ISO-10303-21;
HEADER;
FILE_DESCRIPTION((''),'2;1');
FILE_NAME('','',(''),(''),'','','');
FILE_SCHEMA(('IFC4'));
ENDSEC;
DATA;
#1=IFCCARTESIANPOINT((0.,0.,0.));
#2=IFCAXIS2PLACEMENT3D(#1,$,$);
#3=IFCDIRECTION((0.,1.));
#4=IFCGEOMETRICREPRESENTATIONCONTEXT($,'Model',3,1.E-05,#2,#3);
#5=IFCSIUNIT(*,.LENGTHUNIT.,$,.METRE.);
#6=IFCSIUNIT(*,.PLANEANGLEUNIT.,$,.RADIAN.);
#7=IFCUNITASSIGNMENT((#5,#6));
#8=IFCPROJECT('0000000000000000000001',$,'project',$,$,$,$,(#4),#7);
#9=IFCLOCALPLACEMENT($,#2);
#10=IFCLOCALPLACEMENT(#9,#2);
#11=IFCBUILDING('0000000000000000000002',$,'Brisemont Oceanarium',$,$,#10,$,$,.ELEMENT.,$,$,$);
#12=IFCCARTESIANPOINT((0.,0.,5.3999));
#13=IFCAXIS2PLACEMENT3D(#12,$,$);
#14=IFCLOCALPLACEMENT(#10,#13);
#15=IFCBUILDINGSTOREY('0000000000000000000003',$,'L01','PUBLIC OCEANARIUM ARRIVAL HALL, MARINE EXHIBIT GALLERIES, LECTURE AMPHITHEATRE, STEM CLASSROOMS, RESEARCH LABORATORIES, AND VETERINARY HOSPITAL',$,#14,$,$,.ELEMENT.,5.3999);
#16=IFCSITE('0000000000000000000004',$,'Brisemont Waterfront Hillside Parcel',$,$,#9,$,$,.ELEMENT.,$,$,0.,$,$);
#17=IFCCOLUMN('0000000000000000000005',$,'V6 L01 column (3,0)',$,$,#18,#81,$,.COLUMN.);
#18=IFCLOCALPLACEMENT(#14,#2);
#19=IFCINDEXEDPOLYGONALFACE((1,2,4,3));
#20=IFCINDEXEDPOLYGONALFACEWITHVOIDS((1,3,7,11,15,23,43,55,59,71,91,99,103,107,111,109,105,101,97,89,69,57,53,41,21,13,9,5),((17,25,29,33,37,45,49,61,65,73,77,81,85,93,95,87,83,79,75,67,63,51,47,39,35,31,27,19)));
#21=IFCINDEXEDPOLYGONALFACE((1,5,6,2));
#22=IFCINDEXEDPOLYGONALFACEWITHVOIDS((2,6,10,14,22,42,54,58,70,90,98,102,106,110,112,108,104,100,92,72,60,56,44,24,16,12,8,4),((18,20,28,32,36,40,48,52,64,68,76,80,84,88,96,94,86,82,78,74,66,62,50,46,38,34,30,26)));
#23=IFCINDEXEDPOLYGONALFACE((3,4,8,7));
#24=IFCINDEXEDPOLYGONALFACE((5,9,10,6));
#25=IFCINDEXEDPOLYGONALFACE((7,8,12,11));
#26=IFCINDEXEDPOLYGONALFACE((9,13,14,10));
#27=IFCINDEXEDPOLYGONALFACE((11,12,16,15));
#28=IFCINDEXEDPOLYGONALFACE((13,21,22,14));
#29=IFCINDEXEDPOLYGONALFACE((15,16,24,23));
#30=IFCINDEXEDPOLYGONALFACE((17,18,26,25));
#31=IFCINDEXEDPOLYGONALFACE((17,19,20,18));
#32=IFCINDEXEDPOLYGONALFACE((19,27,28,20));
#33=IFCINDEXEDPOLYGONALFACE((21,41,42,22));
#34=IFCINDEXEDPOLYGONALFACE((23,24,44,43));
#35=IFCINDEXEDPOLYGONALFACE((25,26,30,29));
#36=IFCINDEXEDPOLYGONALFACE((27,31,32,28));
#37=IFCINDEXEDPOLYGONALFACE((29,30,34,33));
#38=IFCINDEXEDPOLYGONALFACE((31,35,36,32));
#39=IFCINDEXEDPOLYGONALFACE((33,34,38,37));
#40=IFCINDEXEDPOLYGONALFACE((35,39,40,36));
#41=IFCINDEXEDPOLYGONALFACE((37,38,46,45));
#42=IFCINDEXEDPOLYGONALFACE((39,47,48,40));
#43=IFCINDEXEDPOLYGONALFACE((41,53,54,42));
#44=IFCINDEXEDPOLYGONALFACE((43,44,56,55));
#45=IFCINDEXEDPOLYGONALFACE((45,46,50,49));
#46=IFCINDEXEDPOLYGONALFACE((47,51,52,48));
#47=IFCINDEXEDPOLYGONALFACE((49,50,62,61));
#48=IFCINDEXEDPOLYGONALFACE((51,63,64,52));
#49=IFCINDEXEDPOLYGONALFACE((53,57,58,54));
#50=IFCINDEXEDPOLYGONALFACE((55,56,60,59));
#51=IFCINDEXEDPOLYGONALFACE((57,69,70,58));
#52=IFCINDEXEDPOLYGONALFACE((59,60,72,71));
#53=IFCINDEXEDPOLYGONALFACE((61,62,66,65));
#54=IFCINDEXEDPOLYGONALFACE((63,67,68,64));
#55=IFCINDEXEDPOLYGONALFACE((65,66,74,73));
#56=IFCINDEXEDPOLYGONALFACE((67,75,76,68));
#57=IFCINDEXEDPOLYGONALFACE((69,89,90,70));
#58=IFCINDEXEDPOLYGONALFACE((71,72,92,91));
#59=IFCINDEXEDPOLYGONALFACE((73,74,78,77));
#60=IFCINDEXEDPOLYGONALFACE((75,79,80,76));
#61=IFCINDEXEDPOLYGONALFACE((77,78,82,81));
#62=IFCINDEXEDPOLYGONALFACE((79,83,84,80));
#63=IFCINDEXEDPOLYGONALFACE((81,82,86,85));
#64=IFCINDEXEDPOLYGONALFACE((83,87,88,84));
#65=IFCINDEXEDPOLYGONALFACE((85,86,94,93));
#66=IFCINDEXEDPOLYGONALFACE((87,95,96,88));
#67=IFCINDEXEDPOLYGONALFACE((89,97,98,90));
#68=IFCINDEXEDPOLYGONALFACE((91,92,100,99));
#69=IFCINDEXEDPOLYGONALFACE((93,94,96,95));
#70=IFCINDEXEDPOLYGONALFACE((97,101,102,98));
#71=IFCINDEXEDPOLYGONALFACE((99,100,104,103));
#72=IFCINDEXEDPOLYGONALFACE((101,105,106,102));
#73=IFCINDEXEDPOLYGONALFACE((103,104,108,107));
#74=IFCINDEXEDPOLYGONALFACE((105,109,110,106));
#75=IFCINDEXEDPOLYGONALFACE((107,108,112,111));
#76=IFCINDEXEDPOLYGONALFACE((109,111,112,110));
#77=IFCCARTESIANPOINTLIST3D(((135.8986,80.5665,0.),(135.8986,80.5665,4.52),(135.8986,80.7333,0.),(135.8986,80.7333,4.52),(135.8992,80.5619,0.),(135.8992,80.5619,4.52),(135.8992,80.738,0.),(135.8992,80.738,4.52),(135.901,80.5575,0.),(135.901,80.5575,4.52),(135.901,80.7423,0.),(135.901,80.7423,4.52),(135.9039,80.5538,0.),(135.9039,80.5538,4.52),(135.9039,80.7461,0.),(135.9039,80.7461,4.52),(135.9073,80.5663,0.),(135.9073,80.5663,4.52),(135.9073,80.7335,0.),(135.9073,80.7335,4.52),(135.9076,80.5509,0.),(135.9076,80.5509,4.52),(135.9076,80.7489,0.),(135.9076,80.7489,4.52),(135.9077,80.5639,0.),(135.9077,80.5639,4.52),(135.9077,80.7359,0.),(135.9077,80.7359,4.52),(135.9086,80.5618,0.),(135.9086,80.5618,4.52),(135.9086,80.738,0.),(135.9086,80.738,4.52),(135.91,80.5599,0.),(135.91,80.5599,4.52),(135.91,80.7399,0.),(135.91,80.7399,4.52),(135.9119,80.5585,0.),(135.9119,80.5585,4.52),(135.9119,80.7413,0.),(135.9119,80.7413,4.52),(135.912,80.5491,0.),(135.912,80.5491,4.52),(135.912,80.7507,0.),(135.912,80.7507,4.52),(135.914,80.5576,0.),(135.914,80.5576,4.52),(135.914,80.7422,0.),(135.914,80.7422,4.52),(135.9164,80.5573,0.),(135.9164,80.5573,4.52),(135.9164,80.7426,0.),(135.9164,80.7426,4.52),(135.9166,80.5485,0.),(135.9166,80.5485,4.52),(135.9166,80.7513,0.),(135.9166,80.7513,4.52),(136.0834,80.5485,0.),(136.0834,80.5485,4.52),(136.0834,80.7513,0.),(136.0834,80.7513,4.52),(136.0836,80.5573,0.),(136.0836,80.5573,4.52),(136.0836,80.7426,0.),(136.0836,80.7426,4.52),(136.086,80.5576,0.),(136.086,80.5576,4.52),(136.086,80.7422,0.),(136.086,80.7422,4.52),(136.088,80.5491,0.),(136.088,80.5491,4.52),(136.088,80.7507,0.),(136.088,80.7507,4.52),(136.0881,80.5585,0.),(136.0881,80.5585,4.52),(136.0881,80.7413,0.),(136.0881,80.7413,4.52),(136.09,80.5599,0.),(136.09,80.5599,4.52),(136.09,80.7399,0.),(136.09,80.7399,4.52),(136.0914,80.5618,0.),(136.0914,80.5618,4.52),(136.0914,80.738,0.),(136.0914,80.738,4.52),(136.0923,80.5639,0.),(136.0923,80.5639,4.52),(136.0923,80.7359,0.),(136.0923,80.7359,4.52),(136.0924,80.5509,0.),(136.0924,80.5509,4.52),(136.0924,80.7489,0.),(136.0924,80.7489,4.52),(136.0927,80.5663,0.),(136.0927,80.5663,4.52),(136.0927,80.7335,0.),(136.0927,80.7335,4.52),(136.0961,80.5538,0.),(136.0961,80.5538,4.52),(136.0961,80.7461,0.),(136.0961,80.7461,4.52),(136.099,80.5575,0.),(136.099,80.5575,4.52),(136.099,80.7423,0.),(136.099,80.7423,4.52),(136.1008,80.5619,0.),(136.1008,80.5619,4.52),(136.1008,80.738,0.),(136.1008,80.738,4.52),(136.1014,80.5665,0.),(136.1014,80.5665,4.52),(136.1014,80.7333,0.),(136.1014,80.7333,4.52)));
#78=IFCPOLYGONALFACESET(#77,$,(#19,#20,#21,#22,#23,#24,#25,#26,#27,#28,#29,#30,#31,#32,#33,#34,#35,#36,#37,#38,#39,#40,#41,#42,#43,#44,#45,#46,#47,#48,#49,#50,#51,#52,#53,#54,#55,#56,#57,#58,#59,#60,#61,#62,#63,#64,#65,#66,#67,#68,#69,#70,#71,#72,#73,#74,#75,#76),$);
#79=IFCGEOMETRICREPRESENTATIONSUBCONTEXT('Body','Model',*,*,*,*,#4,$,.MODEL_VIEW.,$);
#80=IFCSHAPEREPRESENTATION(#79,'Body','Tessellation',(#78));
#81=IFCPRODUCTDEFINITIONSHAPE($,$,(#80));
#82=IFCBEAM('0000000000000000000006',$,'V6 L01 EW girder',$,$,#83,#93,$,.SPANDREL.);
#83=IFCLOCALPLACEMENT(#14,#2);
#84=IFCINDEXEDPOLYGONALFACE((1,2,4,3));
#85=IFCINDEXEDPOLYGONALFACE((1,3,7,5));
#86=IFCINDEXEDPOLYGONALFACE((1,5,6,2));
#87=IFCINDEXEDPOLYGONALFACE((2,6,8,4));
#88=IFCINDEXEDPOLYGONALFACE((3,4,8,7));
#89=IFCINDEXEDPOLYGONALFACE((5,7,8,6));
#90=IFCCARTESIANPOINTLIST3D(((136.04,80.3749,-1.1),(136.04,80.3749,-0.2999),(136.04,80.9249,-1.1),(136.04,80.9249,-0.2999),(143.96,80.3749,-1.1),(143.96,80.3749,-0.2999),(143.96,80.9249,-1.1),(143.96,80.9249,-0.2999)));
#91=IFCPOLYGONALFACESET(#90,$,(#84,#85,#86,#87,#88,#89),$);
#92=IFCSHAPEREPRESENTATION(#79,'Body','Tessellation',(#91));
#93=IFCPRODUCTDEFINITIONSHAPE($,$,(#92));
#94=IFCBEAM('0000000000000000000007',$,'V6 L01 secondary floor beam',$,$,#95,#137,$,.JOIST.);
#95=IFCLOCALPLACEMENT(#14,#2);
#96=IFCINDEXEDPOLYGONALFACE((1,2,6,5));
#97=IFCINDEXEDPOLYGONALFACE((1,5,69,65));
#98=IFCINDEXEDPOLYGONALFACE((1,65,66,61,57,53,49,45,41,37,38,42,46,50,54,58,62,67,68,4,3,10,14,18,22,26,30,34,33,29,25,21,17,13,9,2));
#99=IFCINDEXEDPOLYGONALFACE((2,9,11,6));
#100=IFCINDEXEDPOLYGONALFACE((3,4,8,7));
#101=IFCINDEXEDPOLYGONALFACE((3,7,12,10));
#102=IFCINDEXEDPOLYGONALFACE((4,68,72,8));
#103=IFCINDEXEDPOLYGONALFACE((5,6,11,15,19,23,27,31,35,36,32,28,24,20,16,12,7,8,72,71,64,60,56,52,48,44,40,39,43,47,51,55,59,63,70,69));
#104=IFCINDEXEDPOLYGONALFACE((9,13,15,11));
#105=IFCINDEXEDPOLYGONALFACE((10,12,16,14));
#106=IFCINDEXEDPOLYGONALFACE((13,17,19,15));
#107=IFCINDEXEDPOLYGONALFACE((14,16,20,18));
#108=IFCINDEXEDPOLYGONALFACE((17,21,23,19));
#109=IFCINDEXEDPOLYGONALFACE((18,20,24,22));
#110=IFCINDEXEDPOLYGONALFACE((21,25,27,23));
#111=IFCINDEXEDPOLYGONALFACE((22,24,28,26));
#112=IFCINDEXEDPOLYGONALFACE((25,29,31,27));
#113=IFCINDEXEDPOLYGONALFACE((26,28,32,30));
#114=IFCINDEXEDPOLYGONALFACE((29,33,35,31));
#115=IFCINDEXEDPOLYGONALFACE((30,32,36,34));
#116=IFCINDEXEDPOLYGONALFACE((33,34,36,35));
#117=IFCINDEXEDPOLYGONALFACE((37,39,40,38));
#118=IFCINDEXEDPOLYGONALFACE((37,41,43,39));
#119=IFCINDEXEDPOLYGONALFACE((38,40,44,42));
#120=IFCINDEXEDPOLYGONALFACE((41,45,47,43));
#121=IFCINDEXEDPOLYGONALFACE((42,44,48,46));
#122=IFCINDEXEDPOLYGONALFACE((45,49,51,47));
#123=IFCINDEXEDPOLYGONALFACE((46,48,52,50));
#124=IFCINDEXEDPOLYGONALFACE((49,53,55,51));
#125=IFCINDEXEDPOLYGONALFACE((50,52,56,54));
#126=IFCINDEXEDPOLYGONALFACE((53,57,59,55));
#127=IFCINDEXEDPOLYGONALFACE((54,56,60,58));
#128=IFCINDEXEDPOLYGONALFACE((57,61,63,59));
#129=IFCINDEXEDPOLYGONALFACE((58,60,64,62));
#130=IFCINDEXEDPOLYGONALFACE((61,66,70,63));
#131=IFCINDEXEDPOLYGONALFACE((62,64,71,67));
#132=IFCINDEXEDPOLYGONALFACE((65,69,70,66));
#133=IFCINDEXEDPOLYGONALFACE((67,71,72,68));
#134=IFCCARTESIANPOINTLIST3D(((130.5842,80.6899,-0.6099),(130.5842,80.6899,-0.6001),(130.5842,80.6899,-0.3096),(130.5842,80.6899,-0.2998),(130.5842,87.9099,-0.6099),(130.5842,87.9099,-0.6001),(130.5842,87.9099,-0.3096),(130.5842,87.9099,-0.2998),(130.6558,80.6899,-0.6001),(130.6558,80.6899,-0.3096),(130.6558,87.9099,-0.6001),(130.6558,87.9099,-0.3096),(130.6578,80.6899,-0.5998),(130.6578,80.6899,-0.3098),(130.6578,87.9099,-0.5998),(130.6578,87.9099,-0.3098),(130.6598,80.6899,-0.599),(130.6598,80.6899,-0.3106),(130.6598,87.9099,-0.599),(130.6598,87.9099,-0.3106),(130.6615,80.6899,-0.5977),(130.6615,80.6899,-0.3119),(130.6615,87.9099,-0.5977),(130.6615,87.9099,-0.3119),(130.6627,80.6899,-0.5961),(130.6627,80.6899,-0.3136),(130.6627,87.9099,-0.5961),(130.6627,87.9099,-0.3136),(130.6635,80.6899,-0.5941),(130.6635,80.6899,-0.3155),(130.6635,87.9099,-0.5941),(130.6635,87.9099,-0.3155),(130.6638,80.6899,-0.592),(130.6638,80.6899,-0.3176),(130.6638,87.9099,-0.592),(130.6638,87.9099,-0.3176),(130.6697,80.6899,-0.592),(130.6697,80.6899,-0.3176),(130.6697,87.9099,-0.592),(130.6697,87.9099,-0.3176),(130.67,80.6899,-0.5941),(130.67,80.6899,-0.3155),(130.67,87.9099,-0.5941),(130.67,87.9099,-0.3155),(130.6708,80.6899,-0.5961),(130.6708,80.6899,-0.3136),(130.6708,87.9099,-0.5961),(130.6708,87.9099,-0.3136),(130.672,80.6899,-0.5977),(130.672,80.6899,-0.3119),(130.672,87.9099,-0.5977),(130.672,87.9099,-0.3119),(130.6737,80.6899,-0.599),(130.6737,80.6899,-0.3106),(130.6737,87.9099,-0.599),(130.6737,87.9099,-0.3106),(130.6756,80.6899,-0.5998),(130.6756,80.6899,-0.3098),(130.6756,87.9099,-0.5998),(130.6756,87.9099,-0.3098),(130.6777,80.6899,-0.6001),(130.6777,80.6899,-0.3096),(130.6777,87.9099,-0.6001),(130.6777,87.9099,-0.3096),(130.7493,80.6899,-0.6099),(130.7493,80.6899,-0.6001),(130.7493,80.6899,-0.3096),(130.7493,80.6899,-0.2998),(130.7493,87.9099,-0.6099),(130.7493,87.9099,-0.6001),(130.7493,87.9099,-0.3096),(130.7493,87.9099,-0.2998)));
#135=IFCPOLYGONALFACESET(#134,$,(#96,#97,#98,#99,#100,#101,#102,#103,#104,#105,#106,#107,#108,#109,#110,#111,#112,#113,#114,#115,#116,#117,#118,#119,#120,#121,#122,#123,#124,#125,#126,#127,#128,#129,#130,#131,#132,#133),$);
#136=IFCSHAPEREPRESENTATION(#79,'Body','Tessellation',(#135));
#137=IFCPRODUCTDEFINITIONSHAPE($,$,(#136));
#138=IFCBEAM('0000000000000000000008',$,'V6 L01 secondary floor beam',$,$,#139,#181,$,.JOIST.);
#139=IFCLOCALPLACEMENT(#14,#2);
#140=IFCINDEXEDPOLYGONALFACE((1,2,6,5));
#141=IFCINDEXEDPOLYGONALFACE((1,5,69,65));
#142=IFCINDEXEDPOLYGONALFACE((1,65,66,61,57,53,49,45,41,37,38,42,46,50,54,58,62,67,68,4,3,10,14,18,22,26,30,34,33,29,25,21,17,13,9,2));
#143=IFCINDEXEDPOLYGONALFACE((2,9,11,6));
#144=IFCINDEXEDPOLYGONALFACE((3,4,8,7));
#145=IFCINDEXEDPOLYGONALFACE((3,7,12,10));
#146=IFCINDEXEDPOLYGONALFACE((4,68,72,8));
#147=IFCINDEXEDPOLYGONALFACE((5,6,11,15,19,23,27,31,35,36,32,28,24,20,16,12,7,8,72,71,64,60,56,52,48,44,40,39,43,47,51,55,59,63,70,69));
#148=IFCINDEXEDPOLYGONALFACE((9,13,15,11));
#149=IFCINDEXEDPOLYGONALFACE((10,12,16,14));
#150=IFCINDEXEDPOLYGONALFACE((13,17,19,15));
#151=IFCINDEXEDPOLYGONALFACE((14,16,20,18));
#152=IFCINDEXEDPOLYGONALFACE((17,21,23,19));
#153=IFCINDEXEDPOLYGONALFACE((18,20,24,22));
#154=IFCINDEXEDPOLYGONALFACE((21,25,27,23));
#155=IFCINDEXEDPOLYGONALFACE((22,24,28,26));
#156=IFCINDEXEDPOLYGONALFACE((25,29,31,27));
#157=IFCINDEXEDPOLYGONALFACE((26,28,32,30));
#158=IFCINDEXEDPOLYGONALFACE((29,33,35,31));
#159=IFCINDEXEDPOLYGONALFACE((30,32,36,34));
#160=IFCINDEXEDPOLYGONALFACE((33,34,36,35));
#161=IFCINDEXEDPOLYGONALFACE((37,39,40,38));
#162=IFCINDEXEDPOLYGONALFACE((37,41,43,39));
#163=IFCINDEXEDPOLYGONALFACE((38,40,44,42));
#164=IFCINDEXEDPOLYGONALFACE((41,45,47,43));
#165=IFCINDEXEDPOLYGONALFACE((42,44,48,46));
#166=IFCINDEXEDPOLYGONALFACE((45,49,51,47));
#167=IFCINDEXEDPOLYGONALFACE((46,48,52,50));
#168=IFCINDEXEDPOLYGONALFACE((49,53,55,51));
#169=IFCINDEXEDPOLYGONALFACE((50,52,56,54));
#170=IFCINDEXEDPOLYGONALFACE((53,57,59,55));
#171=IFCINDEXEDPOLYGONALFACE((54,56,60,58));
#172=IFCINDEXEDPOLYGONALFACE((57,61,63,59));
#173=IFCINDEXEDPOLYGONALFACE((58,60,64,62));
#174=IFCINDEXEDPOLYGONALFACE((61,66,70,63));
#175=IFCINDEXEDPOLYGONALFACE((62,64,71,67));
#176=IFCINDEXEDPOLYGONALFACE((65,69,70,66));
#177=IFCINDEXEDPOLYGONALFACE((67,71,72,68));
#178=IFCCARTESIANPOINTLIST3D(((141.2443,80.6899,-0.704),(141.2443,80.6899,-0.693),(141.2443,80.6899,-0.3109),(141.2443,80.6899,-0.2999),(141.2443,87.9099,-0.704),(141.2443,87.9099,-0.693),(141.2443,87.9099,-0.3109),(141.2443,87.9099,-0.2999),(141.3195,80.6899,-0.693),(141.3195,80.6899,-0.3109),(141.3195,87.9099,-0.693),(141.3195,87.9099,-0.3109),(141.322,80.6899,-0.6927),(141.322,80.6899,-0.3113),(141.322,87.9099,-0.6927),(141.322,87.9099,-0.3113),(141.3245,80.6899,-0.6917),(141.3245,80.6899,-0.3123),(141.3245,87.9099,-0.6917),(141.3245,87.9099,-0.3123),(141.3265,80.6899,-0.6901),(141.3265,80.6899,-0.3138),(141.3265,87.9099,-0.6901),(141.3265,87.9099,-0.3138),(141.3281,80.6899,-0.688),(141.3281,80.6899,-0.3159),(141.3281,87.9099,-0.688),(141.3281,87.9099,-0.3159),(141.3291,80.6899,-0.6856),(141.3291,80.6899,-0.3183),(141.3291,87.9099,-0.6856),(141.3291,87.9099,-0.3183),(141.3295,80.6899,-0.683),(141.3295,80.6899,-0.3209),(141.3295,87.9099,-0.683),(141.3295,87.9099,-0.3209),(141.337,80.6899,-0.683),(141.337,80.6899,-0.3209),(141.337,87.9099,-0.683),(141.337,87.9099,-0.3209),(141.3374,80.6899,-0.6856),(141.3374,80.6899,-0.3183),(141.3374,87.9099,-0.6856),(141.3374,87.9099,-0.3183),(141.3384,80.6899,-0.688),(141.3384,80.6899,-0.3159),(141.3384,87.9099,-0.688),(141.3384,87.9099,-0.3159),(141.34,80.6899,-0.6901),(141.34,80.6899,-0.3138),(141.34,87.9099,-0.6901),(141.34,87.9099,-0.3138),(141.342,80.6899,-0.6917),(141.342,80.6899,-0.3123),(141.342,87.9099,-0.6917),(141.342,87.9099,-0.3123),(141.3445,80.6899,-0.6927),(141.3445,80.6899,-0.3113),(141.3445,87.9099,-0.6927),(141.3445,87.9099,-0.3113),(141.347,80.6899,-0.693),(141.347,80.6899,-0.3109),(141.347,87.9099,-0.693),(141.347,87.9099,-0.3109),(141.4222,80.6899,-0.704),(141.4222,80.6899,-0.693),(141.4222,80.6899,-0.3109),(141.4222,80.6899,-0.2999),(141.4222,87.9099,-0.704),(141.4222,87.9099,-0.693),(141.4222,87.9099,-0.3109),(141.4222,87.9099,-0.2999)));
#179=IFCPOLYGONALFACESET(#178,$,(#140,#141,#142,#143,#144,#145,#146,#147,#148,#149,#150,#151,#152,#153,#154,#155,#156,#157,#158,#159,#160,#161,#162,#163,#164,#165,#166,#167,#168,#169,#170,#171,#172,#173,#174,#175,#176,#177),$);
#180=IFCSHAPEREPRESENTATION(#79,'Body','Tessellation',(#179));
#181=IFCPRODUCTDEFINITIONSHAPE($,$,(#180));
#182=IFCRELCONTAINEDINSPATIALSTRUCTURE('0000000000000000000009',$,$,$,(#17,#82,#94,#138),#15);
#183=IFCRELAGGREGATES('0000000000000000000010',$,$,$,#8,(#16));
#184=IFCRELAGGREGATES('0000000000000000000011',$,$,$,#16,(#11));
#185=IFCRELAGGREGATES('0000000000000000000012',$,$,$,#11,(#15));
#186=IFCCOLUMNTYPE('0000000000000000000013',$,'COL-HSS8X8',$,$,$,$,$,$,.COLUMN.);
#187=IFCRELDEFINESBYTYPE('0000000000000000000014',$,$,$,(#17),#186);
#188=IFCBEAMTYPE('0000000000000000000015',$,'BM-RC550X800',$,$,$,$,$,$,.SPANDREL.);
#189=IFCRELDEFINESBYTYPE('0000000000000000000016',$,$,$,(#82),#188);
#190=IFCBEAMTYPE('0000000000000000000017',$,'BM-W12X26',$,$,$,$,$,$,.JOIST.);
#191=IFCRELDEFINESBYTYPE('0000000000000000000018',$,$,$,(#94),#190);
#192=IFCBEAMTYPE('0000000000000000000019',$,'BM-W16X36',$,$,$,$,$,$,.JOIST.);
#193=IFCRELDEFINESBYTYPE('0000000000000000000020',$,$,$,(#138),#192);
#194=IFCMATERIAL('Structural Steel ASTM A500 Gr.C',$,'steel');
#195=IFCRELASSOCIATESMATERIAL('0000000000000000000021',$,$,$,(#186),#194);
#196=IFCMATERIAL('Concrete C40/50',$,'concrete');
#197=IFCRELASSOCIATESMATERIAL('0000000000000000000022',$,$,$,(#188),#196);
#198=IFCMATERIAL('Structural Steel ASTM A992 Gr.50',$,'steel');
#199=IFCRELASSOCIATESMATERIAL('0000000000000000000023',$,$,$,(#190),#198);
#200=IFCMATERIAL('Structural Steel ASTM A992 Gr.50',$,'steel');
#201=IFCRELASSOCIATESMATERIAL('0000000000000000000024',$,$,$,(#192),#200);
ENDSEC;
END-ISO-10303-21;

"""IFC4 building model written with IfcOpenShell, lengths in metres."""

from ifc_helpers import new_model, si_unit, direction, frame, origin, origin_2d, place, context, subcontext, project, spatial, rectangle, hollow_rectangle, i_section, extrude, material, material_profile, profile_set, type_object, element, save


model = new_model("IFC4")

# Units and contexts
model_context = context("Model", 3, precision=1e-05, world=origin(), true_north=direction((0.0, 1.0)))
body_context = subcontext(model_context, "Body", "Model", "MODEL_VIEW")
ifc_project = project(units=[si_unit("LENGTHUNIT", "METRE"), si_unit("PLANEANGLEUNIT", "RADIAN")], contexts=[model_context])

# Site, building, storey
site_placement = place(None, origin())
site = spatial("IfcSite", under=ifc_project, at=site_placement, Name="Brisemont Waterfront Hillside Parcel", CompositionType="ELEMENT", RefElevation=0.0)
building_placement = place(site_placement, origin())
building = spatial("IfcBuilding", under=site, at=building_placement, Name="Brisemont Oceanarium", CompositionType="ELEMENT")
storey_placement = place(building_placement, frame((0.0, 0.0, 5.3999)))
storey = spatial("IfcBuildingStorey", under=building, at=storey_placement, Name="L01", Description="PUBLIC OCEANARIUM ARRIVAL HALL, MARINE EXHIBIT GALLERIES, LECTURE AMPHITHEATRE, STEM CLASSROOMS, RESEARCH LABORATORIES, AND VETERINARY HOSPITAL", CompositionType="ELEMENT", Elevation=5.3999)

# Column
ifc_material_1 = material(Name="Structural Steel ASTM A500 Gr.C", Category="steel")
ifc_material_profile_1 = material_profile(ifc_material_1, hollow_rectangle(XDim=0.2029, YDim=0.2029, WallThickness=0.0088, InnerFilletRadius=0.009, OuterFilletRadius=0.0181, at=origin_2d()), Name="HSS8X8X3/8")
ifc_profile_set_1 = profile_set([ifc_material_profile_1], Name="Structural Steel ASTM A500 Gr.C")
column_type_1 = type_object("IfcColumnType", Name="COL-HSS8X8", PredefinedType="COLUMN", material=ifc_profile_set_1)
column_1_placement = place(storey_placement, frame((136.0, 80.6499, 0.0), z_axis=(0.0, 0.0, 1.0), x_axis=(0.0, 1.0, 0.0)))
element("IfcColumn", 1, at=column_1_placement, inside=storey, type_object=column_type_1, Name="V6 L01 column (3,0)", PredefinedType="COLUMN", context=body_context, shape_type="SweptSolid", body=[
    extrude(hollow_rectangle(XDim=0.2029, YDim=0.2029, WallThickness=0.0088, InnerFilletRadius=0.009, OuterFilletRadius=0.0181, at=origin_2d()), origin(), (0.0, 0.0, 1.0), 4.52),
])

# Beams
ifc_material_2 = material(Name="Concrete C40/50", Category="concrete")
ifc_material_profile_2 = material_profile(ifc_material_2, rectangle(XDim=0.55, YDim=0.8, at=origin_2d()), Name="RC-BM-550X800")
ifc_profile_set_2 = profile_set([ifc_material_profile_2], Name="Concrete C40/50")
beam_type_1 = type_object("IfcBeamType", Name="BM-RC550X800", PredefinedType="SPANDREL", material=ifc_profile_set_2)
beam_1_placement = place(storey_placement, frame((136.04, 80.6499, -0.7), z_axis=(1.0, 0.0, 0.0), x_axis=(0.0, 1.0, 0.0)))
element("IfcBeam", 2, at=beam_1_placement, inside=storey, type_object=beam_type_1, Name="V6 L01 EW girder", PredefinedType="SPANDREL", context=body_context, shape_type="SweptSolid", body=[
    extrude(rectangle(XDim=0.55, YDim=0.8, at=origin_2d()), origin(), (0.0, 0.0, 1.0), 7.9199),
])
ifc_material_3 = material(Name="Structural Steel ASTM A992 Gr.50", Category="steel")
ifc_material_profile_3 = material_profile(ifc_material_3, i_section(OverallWidth=0.165, OverallDepth=0.3101, WebThickness=0.0059, FlangeThickness=0.0098, FilletRadius=0.0081, at=origin_2d()), Name="W12X26")
ifc_profile_set_3 = profile_set([ifc_material_profile_3], Name="Structural Steel ASTM A992 Gr.50")
beam_type_2 = type_object("IfcBeamType", Name="BM-W12X26", PredefinedType="JOIST", material=ifc_profile_set_3)
beam_2_placement = place(storey_placement, frame((130.6667, 80.6899, -0.4548), z_axis=(0.0, 1.0, 0.0), x_axis=(-1.0, 0.0, 0.0)))
element("IfcBeam", 3, at=beam_2_placement, inside=storey, type_object=beam_type_2, Name="V6 L01 secondary floor beam", PredefinedType="JOIST", context=body_context, shape_type="SweptSolid", body=[
    extrude(i_section(OverallWidth=0.165, OverallDepth=0.3101, WebThickness=0.0059, FlangeThickness=0.0098, FilletRadius=0.0081, at=origin_2d()), origin(), (0.0, 0.0, 1.0), 7.22),
])
ifc_material_4 = material(Name="Structural Steel ASTM A992 Gr.50", Category="steel")
ifc_material_profile_4 = material_profile(ifc_material_4, i_section(OverallWidth=0.178, OverallDepth=0.4041, WebThickness=0.0076, FlangeThickness=0.011, FilletRadius=0.01, at=origin_2d()), Name="W16X36")
ifc_profile_set_4 = profile_set([ifc_material_profile_4], Name="Structural Steel ASTM A992 Gr.50")
beam_type_3 = type_object("IfcBeamType", Name="BM-W16X36", PredefinedType="JOIST", material=ifc_profile_set_4)
beam_3_placement = place(storey_placement, frame((141.3333, 80.6899, -0.502), z_axis=(0.0, 1.0, 0.0), x_axis=(-1.0, 0.0, 0.0)))
element("IfcBeam", 4, at=beam_3_placement, inside=storey, type_object=beam_type_3, Name="V6 L01 secondary floor beam", PredefinedType="JOIST", context=body_context, shape_type="SweptSolid", body=[
    extrude(i_section(OverallWidth=0.178, OverallDepth=0.4041, WebThickness=0.0076, FlangeThickness=0.011, FilletRadius=0.01, at=origin_2d()), origin(), (0.0, 0.0, 1.0), 7.22),
])

save(model, "model.ifc")
